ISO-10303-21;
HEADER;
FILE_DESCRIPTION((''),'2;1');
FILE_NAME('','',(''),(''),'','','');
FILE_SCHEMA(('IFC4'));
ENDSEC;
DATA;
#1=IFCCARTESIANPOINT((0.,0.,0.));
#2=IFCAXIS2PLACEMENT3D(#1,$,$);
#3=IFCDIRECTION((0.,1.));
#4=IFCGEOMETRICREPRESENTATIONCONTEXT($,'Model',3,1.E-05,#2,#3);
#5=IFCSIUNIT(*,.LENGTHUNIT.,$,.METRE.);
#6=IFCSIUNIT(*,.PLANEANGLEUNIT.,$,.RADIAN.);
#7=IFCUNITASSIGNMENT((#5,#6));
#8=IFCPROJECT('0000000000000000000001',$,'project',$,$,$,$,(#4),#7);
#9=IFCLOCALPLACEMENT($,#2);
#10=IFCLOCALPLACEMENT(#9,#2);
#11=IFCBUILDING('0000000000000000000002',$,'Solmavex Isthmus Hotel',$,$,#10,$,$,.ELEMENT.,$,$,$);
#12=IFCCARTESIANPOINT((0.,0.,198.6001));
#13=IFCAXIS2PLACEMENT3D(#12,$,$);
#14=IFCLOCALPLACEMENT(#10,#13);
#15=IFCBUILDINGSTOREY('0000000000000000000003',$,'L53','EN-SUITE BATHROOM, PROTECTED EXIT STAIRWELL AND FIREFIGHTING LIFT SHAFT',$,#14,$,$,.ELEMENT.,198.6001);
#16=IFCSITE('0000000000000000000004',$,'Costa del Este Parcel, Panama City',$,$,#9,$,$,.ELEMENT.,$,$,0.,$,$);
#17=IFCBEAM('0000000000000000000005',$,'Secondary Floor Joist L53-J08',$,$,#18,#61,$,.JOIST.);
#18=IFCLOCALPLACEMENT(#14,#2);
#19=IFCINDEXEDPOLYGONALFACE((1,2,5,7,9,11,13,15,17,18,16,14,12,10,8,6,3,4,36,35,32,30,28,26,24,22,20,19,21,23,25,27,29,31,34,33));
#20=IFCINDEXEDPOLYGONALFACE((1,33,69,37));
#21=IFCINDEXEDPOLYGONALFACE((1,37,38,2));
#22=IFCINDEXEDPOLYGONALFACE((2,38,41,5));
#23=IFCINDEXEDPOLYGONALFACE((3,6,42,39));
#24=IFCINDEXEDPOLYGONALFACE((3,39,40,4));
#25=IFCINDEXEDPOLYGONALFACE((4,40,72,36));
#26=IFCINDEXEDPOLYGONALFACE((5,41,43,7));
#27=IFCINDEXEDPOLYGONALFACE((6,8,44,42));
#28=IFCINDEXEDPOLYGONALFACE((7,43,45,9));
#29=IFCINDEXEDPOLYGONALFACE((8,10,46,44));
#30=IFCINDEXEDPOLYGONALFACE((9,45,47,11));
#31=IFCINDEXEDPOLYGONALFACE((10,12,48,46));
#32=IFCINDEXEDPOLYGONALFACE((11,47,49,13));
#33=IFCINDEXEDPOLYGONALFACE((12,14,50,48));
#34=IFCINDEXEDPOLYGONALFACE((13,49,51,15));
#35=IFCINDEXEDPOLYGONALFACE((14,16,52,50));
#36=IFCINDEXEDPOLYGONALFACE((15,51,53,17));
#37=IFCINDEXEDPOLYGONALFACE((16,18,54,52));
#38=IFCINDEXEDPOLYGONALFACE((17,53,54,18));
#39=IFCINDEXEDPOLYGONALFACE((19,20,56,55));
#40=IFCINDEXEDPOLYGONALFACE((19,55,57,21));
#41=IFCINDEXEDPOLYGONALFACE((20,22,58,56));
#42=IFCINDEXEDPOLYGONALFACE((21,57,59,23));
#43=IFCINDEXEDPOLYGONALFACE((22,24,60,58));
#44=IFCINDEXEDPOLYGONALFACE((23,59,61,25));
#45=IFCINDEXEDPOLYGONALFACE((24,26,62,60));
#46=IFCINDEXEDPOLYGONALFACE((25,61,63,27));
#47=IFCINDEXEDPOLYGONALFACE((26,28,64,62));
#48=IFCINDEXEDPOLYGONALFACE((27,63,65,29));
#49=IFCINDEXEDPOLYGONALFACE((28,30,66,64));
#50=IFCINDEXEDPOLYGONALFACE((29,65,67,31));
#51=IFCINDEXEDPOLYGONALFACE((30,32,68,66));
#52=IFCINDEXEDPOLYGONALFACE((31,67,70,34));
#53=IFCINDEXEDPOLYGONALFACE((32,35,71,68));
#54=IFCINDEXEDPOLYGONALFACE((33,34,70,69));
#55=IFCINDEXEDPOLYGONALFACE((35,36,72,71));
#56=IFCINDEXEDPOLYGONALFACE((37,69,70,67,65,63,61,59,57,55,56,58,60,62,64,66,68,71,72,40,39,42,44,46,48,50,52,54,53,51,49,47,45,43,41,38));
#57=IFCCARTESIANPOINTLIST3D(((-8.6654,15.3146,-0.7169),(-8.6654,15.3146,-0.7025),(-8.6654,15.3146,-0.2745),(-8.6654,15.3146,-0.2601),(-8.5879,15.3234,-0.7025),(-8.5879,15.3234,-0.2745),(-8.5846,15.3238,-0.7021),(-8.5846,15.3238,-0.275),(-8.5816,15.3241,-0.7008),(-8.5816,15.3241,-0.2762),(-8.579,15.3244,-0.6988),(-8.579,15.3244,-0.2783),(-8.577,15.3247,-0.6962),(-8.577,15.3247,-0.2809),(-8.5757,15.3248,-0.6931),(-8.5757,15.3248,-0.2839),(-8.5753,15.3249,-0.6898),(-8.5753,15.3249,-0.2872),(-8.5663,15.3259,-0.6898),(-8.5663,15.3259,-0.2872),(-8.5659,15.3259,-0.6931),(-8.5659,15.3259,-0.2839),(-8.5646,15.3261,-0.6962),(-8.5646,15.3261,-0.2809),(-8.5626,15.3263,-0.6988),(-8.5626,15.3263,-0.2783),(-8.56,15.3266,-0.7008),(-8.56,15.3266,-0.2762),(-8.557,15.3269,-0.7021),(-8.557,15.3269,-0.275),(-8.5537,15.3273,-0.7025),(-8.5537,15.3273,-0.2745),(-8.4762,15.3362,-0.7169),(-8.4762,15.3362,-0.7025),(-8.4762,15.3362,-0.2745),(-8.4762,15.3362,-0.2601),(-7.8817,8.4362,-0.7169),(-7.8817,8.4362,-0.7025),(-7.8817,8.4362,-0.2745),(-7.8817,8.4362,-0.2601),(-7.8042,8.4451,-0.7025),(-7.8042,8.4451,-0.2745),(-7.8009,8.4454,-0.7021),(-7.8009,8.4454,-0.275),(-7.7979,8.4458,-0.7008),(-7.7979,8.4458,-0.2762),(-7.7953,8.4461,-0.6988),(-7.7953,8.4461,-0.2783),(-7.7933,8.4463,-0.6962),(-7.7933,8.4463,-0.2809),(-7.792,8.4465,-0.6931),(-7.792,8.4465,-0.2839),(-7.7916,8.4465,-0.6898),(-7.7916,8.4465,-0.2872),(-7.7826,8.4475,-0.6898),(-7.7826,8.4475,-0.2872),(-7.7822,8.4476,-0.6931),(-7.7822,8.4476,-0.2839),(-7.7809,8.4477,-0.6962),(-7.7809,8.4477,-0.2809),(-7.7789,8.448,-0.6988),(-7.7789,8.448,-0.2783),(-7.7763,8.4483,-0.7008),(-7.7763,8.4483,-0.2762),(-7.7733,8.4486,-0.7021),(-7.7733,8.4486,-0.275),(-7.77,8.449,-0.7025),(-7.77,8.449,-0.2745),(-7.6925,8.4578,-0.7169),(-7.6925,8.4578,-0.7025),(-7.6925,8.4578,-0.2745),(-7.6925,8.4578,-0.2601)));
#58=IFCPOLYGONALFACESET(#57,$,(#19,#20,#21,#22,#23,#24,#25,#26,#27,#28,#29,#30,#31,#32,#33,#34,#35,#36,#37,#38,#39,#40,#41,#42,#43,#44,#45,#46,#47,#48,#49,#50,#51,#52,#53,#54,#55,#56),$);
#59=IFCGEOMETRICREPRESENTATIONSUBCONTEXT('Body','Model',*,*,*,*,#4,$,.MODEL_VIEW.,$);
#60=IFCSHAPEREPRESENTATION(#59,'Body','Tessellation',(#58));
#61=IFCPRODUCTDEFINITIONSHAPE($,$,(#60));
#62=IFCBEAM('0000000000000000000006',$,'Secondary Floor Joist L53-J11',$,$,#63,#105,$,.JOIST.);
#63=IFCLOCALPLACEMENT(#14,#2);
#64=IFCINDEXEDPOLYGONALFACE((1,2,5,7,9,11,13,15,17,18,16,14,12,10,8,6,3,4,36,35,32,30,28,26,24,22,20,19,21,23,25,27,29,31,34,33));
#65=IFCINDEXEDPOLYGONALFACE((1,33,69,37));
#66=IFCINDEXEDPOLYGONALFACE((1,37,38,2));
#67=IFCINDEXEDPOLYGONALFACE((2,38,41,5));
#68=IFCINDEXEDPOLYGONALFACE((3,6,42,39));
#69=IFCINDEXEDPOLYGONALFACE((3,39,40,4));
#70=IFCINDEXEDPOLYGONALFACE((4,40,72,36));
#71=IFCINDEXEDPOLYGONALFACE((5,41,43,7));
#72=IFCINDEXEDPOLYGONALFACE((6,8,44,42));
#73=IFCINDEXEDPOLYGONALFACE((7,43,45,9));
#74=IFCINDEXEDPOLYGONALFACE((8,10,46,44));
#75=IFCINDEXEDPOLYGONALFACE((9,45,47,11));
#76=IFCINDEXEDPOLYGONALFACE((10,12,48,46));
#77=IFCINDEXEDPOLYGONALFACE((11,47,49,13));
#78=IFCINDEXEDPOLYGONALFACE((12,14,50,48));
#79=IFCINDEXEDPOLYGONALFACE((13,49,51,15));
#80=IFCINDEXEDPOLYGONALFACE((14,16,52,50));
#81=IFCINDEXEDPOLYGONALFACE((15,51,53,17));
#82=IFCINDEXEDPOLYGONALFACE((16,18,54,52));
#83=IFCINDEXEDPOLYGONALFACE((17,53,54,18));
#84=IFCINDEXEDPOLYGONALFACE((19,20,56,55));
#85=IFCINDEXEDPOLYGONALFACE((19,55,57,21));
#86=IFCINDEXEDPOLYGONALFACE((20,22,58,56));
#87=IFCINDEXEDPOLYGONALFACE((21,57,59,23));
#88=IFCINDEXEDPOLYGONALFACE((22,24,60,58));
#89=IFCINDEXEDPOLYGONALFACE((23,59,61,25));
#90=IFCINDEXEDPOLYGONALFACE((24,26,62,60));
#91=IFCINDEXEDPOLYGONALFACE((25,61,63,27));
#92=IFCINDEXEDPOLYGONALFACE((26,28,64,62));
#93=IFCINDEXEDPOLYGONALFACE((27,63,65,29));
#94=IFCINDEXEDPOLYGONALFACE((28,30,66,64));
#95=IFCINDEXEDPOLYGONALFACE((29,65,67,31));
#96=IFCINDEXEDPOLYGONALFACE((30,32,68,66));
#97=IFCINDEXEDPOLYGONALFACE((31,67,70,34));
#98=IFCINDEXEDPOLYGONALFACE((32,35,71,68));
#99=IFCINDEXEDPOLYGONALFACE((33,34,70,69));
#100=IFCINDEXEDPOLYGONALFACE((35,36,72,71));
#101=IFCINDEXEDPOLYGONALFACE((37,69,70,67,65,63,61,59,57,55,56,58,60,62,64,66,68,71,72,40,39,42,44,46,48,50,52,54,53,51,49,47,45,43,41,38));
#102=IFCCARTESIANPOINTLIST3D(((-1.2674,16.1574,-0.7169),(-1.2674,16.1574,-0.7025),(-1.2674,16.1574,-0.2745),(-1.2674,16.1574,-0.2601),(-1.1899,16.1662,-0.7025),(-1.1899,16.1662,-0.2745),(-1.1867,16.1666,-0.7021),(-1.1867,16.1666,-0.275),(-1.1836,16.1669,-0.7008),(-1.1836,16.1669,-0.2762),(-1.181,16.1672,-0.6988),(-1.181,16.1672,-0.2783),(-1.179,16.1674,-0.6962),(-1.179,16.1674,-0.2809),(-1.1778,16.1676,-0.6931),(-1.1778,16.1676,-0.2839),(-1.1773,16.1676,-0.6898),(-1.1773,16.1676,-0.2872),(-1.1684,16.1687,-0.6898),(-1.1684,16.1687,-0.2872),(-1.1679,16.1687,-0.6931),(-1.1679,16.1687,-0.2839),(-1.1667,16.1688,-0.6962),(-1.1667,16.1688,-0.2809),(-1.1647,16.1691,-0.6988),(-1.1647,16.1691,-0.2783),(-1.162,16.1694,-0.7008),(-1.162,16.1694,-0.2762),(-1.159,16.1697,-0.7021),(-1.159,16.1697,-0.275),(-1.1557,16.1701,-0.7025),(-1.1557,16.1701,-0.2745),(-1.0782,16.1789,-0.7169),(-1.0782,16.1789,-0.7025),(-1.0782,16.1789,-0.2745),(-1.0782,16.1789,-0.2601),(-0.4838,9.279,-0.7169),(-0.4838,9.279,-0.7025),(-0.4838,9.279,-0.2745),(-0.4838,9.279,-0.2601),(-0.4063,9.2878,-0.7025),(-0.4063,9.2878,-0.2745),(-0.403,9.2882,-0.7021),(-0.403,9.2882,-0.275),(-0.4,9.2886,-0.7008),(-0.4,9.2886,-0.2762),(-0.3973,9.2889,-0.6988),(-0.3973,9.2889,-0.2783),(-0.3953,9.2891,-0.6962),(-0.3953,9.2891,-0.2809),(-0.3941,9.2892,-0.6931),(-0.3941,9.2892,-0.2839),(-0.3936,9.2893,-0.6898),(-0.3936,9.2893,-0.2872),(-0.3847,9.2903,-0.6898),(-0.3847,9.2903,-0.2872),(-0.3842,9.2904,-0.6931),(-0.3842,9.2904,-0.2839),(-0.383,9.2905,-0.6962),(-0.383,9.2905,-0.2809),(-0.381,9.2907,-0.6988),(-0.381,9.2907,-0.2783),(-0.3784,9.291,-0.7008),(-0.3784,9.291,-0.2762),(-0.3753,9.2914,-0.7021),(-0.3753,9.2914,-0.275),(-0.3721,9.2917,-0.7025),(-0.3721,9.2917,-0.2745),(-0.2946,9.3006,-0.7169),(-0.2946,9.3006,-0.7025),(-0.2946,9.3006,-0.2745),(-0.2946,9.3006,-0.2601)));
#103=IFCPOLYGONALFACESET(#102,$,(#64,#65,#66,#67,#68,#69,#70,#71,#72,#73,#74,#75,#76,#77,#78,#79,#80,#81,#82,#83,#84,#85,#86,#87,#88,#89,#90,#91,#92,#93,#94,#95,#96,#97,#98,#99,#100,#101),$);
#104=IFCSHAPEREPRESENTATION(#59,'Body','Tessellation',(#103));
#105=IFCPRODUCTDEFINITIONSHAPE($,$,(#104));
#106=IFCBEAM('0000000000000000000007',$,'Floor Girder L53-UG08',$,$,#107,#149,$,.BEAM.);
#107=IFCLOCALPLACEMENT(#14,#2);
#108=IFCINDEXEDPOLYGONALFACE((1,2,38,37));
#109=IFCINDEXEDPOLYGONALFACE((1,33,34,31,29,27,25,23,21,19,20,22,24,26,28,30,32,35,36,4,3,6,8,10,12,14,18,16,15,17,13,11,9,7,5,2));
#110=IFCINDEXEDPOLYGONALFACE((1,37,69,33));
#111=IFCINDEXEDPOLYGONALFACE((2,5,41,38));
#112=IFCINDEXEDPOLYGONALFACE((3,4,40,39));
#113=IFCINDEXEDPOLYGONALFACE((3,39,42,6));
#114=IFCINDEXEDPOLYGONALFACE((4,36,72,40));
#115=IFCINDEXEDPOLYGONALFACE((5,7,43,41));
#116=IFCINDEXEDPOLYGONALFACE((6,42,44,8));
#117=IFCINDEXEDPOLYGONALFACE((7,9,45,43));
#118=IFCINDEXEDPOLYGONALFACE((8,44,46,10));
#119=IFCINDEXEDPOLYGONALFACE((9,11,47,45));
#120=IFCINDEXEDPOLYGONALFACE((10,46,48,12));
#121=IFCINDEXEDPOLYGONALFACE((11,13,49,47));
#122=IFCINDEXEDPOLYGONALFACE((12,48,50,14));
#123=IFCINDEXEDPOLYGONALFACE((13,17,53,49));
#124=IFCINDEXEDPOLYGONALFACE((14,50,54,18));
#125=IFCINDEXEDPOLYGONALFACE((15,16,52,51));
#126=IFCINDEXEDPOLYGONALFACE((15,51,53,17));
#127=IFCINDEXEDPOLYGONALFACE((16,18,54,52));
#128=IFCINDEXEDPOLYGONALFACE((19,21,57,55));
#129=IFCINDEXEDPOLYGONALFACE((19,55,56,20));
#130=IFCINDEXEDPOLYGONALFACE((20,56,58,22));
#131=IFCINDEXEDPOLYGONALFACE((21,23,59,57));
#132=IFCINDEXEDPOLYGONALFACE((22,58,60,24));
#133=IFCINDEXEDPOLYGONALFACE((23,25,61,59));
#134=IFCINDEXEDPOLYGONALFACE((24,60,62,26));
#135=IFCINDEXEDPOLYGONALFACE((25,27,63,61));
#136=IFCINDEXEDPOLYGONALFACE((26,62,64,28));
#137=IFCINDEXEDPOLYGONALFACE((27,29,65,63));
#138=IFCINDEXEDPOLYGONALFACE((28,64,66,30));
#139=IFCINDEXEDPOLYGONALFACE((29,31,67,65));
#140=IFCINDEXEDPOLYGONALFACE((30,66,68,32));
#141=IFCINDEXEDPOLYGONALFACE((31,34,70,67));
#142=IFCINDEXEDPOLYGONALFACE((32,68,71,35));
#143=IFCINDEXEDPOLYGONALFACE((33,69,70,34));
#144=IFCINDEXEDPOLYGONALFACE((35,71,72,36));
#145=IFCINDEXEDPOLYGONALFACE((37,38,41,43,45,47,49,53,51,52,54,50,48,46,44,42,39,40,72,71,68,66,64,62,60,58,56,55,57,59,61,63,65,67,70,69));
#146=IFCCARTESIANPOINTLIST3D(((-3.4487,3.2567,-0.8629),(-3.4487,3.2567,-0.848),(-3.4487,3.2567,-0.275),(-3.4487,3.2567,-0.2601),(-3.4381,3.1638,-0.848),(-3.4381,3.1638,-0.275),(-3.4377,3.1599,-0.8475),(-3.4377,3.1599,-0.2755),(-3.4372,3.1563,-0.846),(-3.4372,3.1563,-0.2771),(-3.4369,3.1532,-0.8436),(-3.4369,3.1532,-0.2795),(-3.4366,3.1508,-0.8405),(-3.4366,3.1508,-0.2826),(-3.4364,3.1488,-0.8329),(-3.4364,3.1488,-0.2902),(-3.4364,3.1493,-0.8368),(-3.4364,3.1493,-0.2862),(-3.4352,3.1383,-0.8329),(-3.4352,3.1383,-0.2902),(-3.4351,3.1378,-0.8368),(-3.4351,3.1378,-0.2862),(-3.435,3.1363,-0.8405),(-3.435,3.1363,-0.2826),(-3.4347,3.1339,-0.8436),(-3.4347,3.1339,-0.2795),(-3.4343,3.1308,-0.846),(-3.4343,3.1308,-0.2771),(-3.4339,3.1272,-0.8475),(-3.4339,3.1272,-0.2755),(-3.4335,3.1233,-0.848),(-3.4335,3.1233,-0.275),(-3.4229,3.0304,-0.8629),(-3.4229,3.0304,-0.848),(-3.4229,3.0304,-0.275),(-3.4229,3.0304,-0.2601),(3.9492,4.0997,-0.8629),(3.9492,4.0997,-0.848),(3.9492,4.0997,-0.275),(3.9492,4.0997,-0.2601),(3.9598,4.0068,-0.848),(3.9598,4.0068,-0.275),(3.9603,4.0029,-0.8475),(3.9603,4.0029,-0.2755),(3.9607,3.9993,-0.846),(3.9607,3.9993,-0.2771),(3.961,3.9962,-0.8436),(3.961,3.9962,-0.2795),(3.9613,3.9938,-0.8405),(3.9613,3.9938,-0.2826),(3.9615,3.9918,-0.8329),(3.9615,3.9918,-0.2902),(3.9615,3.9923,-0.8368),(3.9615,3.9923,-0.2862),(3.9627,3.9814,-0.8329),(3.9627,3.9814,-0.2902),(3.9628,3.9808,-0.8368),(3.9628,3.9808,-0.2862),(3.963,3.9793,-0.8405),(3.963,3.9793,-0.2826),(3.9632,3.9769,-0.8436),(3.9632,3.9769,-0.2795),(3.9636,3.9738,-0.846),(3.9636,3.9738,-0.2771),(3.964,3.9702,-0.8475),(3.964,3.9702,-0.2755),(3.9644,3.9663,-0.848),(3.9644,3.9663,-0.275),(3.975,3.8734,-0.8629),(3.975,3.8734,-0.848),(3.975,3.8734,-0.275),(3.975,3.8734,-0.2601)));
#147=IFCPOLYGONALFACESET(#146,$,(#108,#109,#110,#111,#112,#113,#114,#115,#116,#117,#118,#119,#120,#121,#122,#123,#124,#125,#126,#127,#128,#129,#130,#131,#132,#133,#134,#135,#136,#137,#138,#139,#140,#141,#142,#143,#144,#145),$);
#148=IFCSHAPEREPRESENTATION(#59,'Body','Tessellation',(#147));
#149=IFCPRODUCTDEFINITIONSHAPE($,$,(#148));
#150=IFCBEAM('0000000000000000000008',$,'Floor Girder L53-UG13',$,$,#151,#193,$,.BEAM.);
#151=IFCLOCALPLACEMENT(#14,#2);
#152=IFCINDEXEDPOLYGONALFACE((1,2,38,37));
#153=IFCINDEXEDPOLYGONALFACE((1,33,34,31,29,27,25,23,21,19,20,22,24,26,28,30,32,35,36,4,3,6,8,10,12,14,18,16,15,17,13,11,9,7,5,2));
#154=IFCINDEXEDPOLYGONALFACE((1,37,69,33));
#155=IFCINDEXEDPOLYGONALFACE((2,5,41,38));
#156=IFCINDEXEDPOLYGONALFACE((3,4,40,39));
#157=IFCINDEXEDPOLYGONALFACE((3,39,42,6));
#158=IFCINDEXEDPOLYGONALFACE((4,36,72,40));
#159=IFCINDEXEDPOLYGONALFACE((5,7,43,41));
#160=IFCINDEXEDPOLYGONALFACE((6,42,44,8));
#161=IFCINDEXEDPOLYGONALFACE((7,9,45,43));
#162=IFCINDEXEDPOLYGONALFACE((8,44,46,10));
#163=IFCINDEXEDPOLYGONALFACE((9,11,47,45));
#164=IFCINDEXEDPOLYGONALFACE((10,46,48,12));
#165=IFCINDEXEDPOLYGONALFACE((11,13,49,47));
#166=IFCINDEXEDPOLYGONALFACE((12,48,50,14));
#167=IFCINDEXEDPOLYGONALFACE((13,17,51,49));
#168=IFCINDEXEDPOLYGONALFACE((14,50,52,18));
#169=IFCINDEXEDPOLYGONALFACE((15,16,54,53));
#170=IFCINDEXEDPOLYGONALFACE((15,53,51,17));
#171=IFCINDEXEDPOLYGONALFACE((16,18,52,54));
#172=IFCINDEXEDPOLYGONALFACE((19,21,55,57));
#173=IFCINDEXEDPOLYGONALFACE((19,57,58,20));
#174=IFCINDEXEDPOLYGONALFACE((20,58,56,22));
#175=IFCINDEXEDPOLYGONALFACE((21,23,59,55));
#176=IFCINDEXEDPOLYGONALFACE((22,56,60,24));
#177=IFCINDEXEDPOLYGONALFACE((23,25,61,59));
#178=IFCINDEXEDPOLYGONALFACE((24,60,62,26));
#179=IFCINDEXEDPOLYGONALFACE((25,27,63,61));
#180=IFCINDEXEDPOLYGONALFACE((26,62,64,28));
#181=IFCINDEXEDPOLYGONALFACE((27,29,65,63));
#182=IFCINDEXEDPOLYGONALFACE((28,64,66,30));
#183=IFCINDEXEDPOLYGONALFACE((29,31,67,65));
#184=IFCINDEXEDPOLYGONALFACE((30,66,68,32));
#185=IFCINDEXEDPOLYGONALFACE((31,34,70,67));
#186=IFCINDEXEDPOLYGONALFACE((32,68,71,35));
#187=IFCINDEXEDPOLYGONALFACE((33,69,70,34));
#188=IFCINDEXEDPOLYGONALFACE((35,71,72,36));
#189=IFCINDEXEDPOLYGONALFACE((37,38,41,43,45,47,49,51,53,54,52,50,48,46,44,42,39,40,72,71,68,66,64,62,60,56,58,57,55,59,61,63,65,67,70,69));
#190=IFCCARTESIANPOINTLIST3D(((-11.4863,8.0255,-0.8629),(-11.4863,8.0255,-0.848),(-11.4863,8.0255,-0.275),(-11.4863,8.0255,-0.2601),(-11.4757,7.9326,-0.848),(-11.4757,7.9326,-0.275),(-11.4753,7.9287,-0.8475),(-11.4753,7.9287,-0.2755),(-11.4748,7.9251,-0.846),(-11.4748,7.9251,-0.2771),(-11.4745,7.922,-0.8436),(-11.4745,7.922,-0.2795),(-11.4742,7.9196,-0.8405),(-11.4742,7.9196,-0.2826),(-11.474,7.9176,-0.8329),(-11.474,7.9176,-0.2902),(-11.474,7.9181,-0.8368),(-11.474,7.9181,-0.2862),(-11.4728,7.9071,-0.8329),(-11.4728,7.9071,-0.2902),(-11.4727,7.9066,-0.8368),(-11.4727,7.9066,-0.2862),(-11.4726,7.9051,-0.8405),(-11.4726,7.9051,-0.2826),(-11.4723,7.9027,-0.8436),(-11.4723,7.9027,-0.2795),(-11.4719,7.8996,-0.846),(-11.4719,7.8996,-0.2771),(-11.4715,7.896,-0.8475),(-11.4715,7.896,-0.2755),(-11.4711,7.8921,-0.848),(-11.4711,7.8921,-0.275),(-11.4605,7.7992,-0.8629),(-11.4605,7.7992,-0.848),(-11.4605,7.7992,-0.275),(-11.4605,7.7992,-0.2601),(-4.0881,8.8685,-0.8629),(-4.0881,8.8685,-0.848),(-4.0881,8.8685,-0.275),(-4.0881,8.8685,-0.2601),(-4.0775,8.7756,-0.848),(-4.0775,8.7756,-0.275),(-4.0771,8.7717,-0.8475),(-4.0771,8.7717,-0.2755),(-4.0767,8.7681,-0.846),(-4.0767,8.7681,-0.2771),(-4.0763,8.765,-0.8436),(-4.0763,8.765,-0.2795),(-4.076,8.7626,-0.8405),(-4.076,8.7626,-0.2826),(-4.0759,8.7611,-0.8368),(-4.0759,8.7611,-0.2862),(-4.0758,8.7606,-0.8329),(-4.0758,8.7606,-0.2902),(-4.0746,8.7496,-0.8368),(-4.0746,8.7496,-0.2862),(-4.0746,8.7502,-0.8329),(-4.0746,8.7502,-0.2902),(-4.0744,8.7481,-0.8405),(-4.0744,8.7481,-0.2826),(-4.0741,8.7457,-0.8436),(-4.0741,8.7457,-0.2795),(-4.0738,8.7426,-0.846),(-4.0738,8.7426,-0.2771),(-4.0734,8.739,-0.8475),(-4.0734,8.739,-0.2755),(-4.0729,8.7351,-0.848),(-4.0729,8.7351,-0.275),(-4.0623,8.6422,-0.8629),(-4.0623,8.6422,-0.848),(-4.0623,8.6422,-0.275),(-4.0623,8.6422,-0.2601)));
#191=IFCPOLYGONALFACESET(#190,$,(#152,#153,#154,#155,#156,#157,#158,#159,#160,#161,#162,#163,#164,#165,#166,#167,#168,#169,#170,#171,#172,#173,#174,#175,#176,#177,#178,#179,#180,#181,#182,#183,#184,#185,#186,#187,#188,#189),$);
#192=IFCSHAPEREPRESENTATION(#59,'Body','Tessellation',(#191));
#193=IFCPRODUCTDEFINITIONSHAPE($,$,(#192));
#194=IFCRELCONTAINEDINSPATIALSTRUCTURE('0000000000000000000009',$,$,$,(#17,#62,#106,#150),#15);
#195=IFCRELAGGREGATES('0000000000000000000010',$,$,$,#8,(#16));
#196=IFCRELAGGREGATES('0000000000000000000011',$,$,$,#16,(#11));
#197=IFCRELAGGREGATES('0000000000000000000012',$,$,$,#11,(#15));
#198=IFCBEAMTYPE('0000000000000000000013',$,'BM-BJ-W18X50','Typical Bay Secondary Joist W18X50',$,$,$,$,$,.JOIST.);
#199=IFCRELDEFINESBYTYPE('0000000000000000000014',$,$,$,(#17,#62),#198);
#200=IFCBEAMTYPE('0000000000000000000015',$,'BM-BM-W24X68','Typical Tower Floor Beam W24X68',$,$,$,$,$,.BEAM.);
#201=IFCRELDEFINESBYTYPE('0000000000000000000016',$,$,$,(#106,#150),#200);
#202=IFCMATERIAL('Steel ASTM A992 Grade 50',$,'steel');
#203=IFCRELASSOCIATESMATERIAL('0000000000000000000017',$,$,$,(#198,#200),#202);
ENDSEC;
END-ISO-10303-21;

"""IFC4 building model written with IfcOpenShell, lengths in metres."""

from ifc_helpers import new_model, si_unit, direction, frame, origin, origin_2d, place, context, subcontext, project, spatial, i_section, extrude, material, material_profile, profile_set, type_object, element, save


model = new_model("IFC4")

# Units and contexts
model_context = context("Model", 3, precision=1e-05, world=origin(), true_north=direction((0.0, 1.0)))
body_context = subcontext(model_context, "Body", "Model", "MODEL_VIEW")
ifc_project = project(units=[si_unit("LENGTHUNIT", "METRE"), si_unit("PLANEANGLEUNIT", "RADIAN")], contexts=[model_context])

# Site, building, storey
site_placement = place(None, origin())
site = spatial("IfcSite", under=ifc_project, at=site_placement, Name="Costa del Este Parcel, Panama City", CompositionType="ELEMENT", RefElevation=0.0)
building_placement = place(site_placement, origin())
building = spatial("IfcBuilding", under=site, at=building_placement, Name="Solmavex Isthmus Hotel", CompositionType="ELEMENT")
storey_placement = place(building_placement, frame((0.0, 0.0, 198.6001)))
storey = spatial("IfcBuildingStorey", under=building, at=storey_placement, Name="L53", Description="EN-SUITE BATHROOM, PROTECTED EXIT STAIRWELL AND FIREFIGHTING LIFT SHAFT", CompositionType="ELEMENT", Elevation=198.6001)

# Beams
ifc_material_1 = material(Name="Steel ASTM A992 Grade 50", Category="steel")
ifc_material_profile_1 = material_profile(ifc_material_1, i_section(OverallWidth=0.1904, OverallDepth=0.4568, WebThickness=0.009, FlangeThickness=0.0144, FilletRadius=0.0127, at=origin_2d()), Name="W18X50")
ifc_profile_set_1 = profile_set([ifc_material_profile_1], Name="Steel ASTM A992 Grade 50")
beam_type_1 = type_object("IfcBeamType", Name="BM-BJ-W18X50", Description="Typical Bay Secondary Joist W18X50", PredefinedType="JOIST", material=ifc_profile_set_1)
for number, where, z_axis, x_axis, name in (
    (1, (-7.7871, 8.447, -0.4885), (-0.113202, 0.993572, 0.0), (-0.993572, -0.113202, 0.0), "Secondary Floor Joist L53-J08"),
    (2, (-0.3892, 9.2898, -0.4885), (-0.113202, 0.993572, 0.0), (-0.993572, -0.113202, 0.0), "Secondary Floor Joist L53-J11"),
):
    element("IfcBeam", number, at=place(storey_placement, frame(where, z_axis=z_axis, x_axis=x_axis)), inside=storey, type_object=beam_type_1, Name=name, PredefinedType="JOIST", context=body_context, shape_type="SweptSolid", body=[
        extrude(i_section(OverallWidth=0.1904, OverallDepth=0.4568, WebThickness=0.009, FlangeThickness=0.0144, FilletRadius=0.0127, at=origin_2d()), origin(), (0.0, 0.0, 1.0), 6.9229),
    ])
ifc_material_profile_2 = material_profile(ifc_material_1, i_section(OverallWidth=0.2278, OverallDepth=0.6028, WebThickness=0.0105, FlangeThickness=0.0149, FilletRadius=0.0151, at=origin_2d()), Name="W24X68")
ifc_profile_set_2 = profile_set([ifc_material_profile_2], Name="Steel ASTM A992 Grade 50")
beam_type_2 = type_object("IfcBeamType", Name="BM-BM-W24X68", Description="Typical Tower Floor Beam W24X68", PredefinedType="BEAM", material=ifc_profile_set_2)
beam_1_placement = place(storey_placement, frame((-3.4358, 3.1436, -0.5615), z_axis=(0.99357, 0.11322, 0.0), x_axis=(-0.11322, 0.99357, 0.0)))
element("IfcBeam", 3, at=beam_1_placement, inside=storey, type_object=beam_type_2, Name="Floor Girder L53-UG08", PredefinedType="BEAM", context=body_context, shape_type="SweptSolid", body=[
    extrude(i_section(OverallWidth=0.2278, OverallDepth=0.6028, WebThickness=0.0105, FlangeThickness=0.0149, FilletRadius=0.0151, at=origin_2d()), origin(), (0.0, 0.0, 1.0), 7.4458),
])
for number, where, z_axis, x_axis, name in (
    (4, (-11.4734, 7.9124, -0.5615), (0.99357, 0.113216, 0.0), (-0.113216, 0.99357, 0.0), "Floor Girder L53-UG13"),
):
    element("IfcBeam", number, at=place(storey_placement, frame(where, z_axis=z_axis, x_axis=x_axis)), inside=storey, type_object=beam_type_2, Name=name, PredefinedType="BEAM", context=body_context, shape_type="SweptSolid", body=[
        extrude(i_section(OverallWidth=0.2278, OverallDepth=0.6028, WebThickness=0.0105, FlangeThickness=0.0149, FilletRadius=0.0151, at=origin_2d()), origin(), (0.0, 0.0, 1.0), 7.446),
    ])

save(model, "model.ifc")
